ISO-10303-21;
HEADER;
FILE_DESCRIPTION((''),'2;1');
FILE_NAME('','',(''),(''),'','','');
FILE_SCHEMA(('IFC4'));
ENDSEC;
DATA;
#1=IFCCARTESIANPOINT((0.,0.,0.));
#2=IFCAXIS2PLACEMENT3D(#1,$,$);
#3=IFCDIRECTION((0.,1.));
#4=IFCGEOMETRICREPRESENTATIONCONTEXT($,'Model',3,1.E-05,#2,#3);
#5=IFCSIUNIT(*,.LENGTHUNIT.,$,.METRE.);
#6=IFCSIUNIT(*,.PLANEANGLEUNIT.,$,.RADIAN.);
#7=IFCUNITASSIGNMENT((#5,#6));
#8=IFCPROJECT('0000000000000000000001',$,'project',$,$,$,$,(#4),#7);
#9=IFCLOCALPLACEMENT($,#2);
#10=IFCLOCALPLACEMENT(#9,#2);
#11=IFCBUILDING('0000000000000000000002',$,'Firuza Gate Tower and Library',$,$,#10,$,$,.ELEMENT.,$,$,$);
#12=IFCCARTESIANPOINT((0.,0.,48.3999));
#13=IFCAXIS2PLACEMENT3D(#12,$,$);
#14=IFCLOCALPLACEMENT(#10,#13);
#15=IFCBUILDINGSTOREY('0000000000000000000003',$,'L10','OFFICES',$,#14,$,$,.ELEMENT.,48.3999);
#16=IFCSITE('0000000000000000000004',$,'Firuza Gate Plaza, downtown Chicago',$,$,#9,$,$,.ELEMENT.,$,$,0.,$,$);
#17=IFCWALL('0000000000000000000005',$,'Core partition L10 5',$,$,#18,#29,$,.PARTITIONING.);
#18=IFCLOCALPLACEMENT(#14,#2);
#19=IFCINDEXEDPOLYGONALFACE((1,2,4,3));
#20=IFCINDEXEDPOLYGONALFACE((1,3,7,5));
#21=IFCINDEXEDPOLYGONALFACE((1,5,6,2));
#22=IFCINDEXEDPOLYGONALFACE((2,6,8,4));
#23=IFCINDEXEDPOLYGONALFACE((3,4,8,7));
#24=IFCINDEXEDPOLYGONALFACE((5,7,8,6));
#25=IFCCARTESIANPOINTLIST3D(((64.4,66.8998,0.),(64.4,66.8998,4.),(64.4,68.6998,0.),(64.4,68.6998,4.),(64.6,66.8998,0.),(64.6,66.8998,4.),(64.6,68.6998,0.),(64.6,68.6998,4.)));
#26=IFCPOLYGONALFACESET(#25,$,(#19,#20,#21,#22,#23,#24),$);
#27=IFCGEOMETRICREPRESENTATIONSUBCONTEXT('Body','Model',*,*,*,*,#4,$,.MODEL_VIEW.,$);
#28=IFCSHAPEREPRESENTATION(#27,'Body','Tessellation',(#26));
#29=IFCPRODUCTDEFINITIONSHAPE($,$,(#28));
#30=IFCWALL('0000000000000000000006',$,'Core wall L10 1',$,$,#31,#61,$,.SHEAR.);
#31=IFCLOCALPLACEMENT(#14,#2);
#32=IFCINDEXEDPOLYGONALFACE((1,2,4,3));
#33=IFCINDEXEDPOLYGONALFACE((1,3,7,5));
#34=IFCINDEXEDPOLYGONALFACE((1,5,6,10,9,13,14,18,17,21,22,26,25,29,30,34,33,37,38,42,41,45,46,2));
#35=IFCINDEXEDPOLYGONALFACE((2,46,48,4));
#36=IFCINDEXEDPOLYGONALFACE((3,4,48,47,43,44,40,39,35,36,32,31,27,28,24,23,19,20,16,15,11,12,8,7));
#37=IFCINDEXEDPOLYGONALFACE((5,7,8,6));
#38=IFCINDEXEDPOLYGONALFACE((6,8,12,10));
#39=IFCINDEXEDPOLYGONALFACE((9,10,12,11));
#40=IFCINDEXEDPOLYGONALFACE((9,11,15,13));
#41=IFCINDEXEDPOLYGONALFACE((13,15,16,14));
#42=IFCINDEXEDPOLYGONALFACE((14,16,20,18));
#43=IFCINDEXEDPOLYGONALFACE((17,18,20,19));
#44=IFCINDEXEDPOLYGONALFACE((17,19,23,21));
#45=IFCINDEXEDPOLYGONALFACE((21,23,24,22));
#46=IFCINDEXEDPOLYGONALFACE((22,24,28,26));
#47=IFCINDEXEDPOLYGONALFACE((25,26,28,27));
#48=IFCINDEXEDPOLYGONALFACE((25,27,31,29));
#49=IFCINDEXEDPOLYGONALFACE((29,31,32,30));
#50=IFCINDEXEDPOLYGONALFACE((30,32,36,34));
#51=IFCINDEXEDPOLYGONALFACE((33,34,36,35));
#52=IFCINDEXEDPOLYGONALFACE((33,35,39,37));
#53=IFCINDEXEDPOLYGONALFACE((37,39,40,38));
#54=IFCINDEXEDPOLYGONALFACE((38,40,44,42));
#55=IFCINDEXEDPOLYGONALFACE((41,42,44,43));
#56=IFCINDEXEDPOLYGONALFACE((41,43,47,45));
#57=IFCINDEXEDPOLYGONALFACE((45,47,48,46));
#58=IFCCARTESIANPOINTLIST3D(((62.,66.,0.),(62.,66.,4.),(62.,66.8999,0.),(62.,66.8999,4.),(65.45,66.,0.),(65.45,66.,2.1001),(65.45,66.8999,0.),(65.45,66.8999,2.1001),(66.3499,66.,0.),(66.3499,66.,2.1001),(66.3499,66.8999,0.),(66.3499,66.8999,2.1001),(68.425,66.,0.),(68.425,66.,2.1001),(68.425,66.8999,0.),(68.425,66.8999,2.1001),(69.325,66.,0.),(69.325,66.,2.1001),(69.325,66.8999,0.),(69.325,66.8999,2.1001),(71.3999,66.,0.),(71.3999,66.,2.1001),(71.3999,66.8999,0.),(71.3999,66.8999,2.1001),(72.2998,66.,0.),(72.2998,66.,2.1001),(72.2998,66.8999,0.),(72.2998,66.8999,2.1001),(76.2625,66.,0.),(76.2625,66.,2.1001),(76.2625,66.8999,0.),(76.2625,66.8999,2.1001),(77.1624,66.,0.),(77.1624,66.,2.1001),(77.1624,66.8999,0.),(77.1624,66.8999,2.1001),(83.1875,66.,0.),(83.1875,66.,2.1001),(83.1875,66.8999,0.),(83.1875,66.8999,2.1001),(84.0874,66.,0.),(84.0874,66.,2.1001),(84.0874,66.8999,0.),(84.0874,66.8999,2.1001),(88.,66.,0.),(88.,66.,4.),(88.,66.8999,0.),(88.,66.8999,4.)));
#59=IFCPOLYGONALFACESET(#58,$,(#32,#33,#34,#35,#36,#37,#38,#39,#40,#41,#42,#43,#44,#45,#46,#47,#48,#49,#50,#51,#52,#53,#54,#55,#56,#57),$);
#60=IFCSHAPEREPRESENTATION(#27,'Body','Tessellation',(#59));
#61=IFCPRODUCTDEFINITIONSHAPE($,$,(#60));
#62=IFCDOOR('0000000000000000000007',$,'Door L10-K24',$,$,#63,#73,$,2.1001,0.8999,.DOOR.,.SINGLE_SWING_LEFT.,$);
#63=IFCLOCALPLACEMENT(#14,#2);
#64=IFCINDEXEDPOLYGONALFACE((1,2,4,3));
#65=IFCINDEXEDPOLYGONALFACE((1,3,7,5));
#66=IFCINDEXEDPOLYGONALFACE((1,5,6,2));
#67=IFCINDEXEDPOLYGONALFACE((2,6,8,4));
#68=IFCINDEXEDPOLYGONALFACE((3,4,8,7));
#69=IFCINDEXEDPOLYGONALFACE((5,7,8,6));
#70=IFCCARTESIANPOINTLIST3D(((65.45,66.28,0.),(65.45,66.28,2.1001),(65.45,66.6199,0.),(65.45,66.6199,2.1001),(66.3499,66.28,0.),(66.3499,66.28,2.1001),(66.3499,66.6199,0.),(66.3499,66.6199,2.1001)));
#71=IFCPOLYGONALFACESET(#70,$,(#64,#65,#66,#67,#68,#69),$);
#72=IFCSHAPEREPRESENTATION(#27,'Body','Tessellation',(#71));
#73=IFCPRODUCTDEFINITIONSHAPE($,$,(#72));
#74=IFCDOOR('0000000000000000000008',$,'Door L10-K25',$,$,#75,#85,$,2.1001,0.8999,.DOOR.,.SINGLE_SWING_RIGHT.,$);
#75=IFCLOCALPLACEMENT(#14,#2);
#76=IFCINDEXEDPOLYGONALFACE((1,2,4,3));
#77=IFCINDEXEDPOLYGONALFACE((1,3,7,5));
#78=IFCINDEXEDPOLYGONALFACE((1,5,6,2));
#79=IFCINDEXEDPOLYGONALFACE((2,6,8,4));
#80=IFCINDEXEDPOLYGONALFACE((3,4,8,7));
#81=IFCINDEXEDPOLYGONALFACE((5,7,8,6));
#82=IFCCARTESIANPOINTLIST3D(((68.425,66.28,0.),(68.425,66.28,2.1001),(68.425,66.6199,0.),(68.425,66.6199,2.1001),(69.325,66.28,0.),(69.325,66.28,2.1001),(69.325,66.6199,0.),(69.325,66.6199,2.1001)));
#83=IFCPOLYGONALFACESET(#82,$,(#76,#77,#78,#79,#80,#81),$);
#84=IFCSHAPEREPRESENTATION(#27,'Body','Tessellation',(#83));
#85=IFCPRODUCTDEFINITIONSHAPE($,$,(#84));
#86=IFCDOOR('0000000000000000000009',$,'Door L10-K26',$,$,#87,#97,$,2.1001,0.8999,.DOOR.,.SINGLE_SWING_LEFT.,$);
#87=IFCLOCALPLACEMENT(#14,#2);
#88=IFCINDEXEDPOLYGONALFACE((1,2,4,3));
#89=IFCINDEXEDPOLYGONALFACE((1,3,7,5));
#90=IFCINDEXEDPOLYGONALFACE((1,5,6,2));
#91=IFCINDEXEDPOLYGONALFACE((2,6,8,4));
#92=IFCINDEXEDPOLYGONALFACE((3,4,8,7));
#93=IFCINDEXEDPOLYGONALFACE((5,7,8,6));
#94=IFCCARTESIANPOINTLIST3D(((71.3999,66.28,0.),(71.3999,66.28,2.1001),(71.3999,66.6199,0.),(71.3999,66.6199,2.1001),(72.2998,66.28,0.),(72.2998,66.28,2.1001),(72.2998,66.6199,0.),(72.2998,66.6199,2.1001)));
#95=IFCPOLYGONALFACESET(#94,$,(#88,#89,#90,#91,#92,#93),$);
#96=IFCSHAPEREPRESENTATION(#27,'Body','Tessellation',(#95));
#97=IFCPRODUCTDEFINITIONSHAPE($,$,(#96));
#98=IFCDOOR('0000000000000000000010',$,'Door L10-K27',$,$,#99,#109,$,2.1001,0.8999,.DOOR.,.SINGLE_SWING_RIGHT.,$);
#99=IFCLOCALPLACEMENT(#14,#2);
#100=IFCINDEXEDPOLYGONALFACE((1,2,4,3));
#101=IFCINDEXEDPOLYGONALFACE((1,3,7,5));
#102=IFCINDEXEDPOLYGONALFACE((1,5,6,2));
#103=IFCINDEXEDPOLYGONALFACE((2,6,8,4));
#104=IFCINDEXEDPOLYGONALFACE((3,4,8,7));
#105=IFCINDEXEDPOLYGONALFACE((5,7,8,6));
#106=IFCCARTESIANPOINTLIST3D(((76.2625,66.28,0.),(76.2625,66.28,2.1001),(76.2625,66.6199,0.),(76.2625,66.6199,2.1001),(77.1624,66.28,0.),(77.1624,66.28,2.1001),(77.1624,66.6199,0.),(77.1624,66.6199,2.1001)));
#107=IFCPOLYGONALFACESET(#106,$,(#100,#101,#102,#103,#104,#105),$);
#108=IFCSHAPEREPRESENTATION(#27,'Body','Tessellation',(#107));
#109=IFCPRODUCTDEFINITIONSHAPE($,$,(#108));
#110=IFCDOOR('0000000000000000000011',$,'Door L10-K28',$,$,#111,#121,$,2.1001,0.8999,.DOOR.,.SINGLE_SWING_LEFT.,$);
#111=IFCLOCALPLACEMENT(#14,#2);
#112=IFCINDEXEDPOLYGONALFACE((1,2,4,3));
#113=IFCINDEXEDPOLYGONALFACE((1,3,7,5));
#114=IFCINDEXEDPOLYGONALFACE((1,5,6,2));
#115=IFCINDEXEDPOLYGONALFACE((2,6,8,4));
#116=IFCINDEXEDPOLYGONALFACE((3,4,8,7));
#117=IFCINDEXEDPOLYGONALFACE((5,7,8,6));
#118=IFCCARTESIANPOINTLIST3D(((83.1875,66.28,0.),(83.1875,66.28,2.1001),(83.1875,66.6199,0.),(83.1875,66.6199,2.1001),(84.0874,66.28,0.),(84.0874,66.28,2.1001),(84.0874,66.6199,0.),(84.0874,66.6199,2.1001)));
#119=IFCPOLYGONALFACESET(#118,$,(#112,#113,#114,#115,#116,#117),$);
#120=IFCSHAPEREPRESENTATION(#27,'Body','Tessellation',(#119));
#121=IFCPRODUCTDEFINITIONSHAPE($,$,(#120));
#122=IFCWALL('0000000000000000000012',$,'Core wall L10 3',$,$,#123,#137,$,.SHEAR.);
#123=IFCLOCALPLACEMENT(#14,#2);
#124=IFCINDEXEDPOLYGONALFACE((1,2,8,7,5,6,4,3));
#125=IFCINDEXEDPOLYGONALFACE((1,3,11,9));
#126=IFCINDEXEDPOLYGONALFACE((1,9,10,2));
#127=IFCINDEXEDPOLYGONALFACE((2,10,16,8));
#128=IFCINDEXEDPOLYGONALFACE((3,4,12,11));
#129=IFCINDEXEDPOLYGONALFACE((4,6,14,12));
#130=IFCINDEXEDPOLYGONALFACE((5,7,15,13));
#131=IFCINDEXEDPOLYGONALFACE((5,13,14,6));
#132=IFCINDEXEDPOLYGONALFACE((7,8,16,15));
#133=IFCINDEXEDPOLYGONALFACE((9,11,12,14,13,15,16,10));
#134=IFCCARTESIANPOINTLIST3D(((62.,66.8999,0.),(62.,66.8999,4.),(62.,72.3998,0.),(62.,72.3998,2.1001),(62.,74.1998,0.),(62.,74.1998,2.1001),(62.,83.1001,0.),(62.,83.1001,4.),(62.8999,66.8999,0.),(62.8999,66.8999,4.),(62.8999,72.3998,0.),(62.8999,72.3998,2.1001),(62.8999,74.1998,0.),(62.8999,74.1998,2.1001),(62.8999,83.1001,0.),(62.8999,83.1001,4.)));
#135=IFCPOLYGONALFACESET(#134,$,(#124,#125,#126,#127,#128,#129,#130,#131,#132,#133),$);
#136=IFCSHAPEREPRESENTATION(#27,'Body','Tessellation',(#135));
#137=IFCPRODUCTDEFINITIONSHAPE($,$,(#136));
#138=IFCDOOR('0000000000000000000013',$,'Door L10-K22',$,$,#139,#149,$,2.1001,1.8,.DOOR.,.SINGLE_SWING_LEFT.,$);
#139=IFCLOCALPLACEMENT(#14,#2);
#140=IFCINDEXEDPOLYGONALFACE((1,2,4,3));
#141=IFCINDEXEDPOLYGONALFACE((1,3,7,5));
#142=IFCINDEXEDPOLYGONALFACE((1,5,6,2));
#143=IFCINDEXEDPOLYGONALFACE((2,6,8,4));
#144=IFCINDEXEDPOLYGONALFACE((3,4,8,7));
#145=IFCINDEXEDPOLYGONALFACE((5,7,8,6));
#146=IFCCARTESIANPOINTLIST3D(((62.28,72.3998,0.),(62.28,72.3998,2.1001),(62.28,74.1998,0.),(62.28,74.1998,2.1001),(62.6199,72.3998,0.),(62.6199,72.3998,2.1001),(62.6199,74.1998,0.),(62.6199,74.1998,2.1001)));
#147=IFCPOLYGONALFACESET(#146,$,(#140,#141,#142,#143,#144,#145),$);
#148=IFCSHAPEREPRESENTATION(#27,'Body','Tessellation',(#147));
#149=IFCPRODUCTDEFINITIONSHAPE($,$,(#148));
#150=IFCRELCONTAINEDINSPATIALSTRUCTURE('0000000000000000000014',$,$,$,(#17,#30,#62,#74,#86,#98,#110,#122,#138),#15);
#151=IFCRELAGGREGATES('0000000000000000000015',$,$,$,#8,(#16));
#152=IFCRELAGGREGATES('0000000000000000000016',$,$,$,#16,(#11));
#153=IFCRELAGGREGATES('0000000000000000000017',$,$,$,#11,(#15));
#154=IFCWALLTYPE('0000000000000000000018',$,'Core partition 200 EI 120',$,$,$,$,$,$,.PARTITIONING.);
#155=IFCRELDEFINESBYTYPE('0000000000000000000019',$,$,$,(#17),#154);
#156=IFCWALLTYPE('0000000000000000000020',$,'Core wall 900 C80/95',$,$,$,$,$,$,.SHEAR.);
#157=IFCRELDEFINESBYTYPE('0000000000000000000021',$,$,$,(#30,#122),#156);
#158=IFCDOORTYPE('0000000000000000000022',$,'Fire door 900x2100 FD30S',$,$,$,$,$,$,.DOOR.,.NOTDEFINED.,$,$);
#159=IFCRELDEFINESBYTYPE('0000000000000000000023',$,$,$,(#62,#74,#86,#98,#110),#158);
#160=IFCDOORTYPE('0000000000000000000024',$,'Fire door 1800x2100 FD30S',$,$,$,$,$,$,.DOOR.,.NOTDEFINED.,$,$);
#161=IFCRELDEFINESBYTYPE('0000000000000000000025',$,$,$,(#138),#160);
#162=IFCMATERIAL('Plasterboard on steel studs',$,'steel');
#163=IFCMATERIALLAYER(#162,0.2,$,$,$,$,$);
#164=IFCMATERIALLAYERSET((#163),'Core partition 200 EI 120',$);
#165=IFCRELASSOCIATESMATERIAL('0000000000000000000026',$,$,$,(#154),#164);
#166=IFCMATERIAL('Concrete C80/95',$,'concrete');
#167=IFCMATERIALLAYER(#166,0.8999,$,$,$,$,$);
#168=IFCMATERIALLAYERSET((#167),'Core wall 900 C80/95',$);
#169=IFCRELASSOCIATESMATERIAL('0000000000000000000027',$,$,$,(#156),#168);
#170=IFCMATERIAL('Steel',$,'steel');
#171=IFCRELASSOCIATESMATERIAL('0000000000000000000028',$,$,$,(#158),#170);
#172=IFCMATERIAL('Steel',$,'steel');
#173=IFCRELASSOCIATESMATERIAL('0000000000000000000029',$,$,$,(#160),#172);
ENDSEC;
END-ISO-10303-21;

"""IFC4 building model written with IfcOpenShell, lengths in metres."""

from ifc_helpers import new_model, si_unit, direction, frame, frame_2d, origin, place, context, subcontext, project, spatial, rectangle, extrude, material, layer, layer_set, type_object, element, fill, save


model = new_model("IFC4")

# Units and contexts
model_context = context("Model", 3, precision=1e-05, world=origin(), true_north=direction((0.0, 1.0)))
body_context = subcontext(model_context, "Body", "Model", "MODEL_VIEW")
ifc_project = project(units=[si_unit("LENGTHUNIT", "METRE"), si_unit("PLANEANGLEUNIT", "RADIAN")], contexts=[model_context])

# Site, building, storey
site_placement = place(None, origin())
site = spatial("IfcSite", under=ifc_project, at=site_placement, Name="Firuza Gate Plaza, downtown Chicago", CompositionType="ELEMENT", RefElevation=0.0)
building_placement = place(site_placement, origin())
building = spatial("IfcBuilding", under=site, at=building_placement, Name="Firuza Gate Tower and Library", CompositionType="ELEMENT")
storey_placement = place(building_placement, frame((0.0, 0.0, 48.3999)))
storey = spatial("IfcBuildingStorey", under=building, at=storey_placement, Name="L10", Description="OFFICES", CompositionType="ELEMENT", Elevation=48.3999)

# Wall
ifc_material_1 = material(Name="Plasterboard on steel studs", Category="steel")
ifc_layer_1 = layer(ifc_material_1, 0.2)
ifc_layer_set_1 = layer_set([ifc_layer_1], Name="Core partition 200 EI 120")
wall_type_1 = type_object("IfcWallType", Name="Core partition 200 EI 120", PredefinedType="PARTITIONING", material=ifc_layer_set_1)
wall_1_placement = place(storey_placement, frame((64.5, 66.8999, 0.0), z_axis=(0.0, 0.0, 1.0), x_axis=(0.0, 1.0, 0.0)))
element("IfcWall", 1, at=wall_1_placement, inside=storey, type_object=wall_type_1, Name="Core partition L10 5", PredefinedType="PARTITIONING", context=body_context, shape_type="SweptSolid", body=[
    extrude(rectangle(XDim=1.8, YDim=0.2, at=frame_2d((0.8999, 0.0))), origin(), (0.0, 0.0, 1.0), 4.0),
])

# Wall, openings, doors
ifc_material_2 = material(Name="Concrete C80/95", Category="concrete")
ifc_layer_2 = layer(ifc_material_2, 0.8999)
ifc_layer_set_2 = layer_set([ifc_layer_2], Name="Core wall 900 C80/95")
wall_type_2 = type_object("IfcWallType", Name="Core wall 900 C80/95", PredefinedType="SHEAR", material=ifc_layer_set_2)
wall_2_placement = place(storey_placement, frame((62.0, 66.45, 0.0), z_axis=(0.0, 0.0, 1.0), x_axis=(1.0, 0.0, 0.0)))
wall_2 = element("IfcWall", 2, at=wall_2_placement, inside=storey, type_object=wall_type_2, Name="Core wall L10 1", PredefinedType="SHEAR", context=body_context, shape_type="SweptSolid", body=[
    extrude(rectangle(XDim=26.0, YDim=0.8999, at=frame_2d((13.0, 0.0))), origin(), (0.0, 0.0, 1.0), 4.0),
])
opening_1_placement = place(wall_2_placement, frame((3.45, 0.0, 0.0)))
opening_1 = element("IfcOpeningElement", 3, at=opening_1_placement, cuts=wall_2, PredefinedType="OPENING", context=body_context, shape_type="SweptSolid", body=[
    extrude(rectangle(XDim=0.8999, YDim=2.1001, at=frame_2d((0.45, 1.05))), frame((0.0, 0.46, 0.0), z_axis=(0.0, -1.0, 0.0), x_axis=(1.0, 0.0, 0.0)), (0.0, 0.0, 1.0), 0.9199),
])
opening_2_placement = place(wall_2_placement, frame((6.425, 0.0, 0.0)))
opening_2 = element("IfcOpeningElement", 4, at=opening_2_placement, cuts=wall_2, PredefinedType="OPENING", context=body_context, shape_type="SweptSolid", body=[
    extrude(rectangle(XDim=0.8999, YDim=2.1001, at=frame_2d((0.45, 1.05))), frame((0.0, 0.46, 0.0), z_axis=(0.0, -1.0, 0.0), x_axis=(1.0, 0.0, 0.0)), (0.0, 0.0, 1.0), 0.9199),
])
opening_3_placement = place(wall_2_placement, frame((9.3999, 0.0, 0.0)))
opening_3 = element("IfcOpeningElement", 5, at=opening_3_placement, cuts=wall_2, PredefinedType="OPENING", context=body_context, shape_type="SweptSolid", body=[
    extrude(rectangle(XDim=0.8999, YDim=2.1001, at=frame_2d((0.45, 1.05))), frame((0.0, 0.46, 0.0), z_axis=(0.0, -1.0, 0.0), x_axis=(1.0, 0.0, 0.0)), (0.0, 0.0, 1.0), 0.9199),
])
opening_4_placement = place(wall_2_placement, frame((14.2625, 0.0, 0.0)))
opening_4 = element("IfcOpeningElement", 6, at=opening_4_placement, cuts=wall_2, PredefinedType="OPENING", context=body_context, shape_type="SweptSolid", body=[
    extrude(rectangle(XDim=0.8999, YDim=2.1001, at=frame_2d((0.45, 1.05))), frame((0.0, 0.46, 0.0), z_axis=(0.0, -1.0, 0.0), x_axis=(1.0, 0.0, 0.0)), (0.0, 0.0, 1.0), 0.9199),
])
opening_5_placement = place(wall_2_placement, frame((21.1875, 0.0, 0.0)))
opening_5 = element("IfcOpeningElement", 7, at=opening_5_placement, cuts=wall_2, PredefinedType="OPENING", context=body_context, shape_type="SweptSolid", body=[
    extrude(rectangle(XDim=0.8999, YDim=2.1001, at=frame_2d((0.45, 1.05))), frame((0.0, 0.46, 0.0), z_axis=(0.0, -1.0, 0.0), x_axis=(1.0, 0.0, 0.0)), (0.0, 0.0, 1.0), 0.9199),
])
ifc_material_3 = material(Name="Steel", Category="steel")
door_type_1 = type_object("IfcDoorType", Name="Fire door 900x2100 FD30S", OperationType="NOTDEFINED", PredefinedType="DOOR", material=ifc_material_3)
door_1_placement = place(opening_1_placement, origin())
door_1 = element("IfcDoor", 8, at=door_1_placement, inside=storey, type_object=door_type_1, Name="Door L10-K24", OperationType="SINGLE_SWING_LEFT", OverallHeight=2.1001, OverallWidth=0.8999, PredefinedType="DOOR", context=body_context, shape_type="SweptSolid", body=[
    extrude(rectangle(XDim=0.8999, YDim=2.1001, at=frame_2d((0.45, 1.05))), frame((0.0, 0.1699, 0.0), z_axis=(0.0, -1.0, 0.0), x_axis=(1.0, 0.0, 0.0)), (0.0, 0.0, 1.0), 0.3398),
])
fill(opening_1, door_1)
door_2_placement = place(opening_2_placement, origin())
door_2 = element("IfcDoor", 9, at=door_2_placement, inside=storey, type_object=door_type_1, Name="Door L10-K25", OperationType="SINGLE_SWING_RIGHT", OverallHeight=2.1001, OverallWidth=0.8999, PredefinedType="DOOR", context=body_context, shape_type="SweptSolid", body=[
    extrude(rectangle(XDim=0.8999, YDim=2.1001, at=frame_2d((0.45, 1.05))), frame((0.0, 0.1699, 0.0), z_axis=(0.0, -1.0, 0.0), x_axis=(1.0, 0.0, 0.0)), (0.0, 0.0, 1.0), 0.3398),
])
fill(opening_2, door_2)
door_3_placement = place(opening_3_placement, origin())
door_3 = element("IfcDoor", 10, at=door_3_placement, inside=storey, type_object=door_type_1, Name="Door L10-K26", OperationType="SINGLE_SWING_LEFT", OverallHeight=2.1001, OverallWidth=0.8999, PredefinedType="DOOR", context=body_context, shape_type="SweptSolid", body=[
    extrude(rectangle(XDim=0.8999, YDim=2.1001, at=frame_2d((0.45, 1.05))), frame((0.0, 0.1699, 0.0), z_axis=(0.0, -1.0, 0.0), x_axis=(1.0, 0.0, 0.0)), (0.0, 0.0, 1.0), 0.3398),
])
fill(opening_3, door_3)
door_4_placement = place(opening_4_placement, origin())
door_4 = element("IfcDoor", 11, at=door_4_placement, inside=storey, type_object=door_type_1, Name="Door L10-K27", OperationType="SINGLE_SWING_RIGHT", OverallHeight=2.1001, OverallWidth=0.8999, PredefinedType="DOOR", context=body_context, shape_type="SweptSolid", body=[
    extrude(rectangle(XDim=0.8999, YDim=2.1001, at=frame_2d((0.45, 1.05))), frame((0.0, 0.1699, 0.0), z_axis=(0.0, -1.0, 0.0), x_axis=(1.0, 0.0, 0.0)), (0.0, 0.0, 1.0), 0.3398),
])
fill(opening_4, door_4)
door_5_placement = place(opening_5_placement, origin())
door_5 = element("IfcDoor", 12, at=door_5_placement, inside=storey, type_object=door_type_1, Name="Door L10-K28", OperationType="SINGLE_SWING_LEFT", OverallHeight=2.1001, OverallWidth=0.8999, PredefinedType="DOOR", context=body_context, shape_type="SweptSolid", body=[
    extrude(rectangle(XDim=0.8999, YDim=2.1001, at=frame_2d((0.45, 1.05))), frame((0.0, 0.1699, 0.0), z_axis=(0.0, -1.0, 0.0), x_axis=(1.0, 0.0, 0.0)), (0.0, 0.0, 1.0), 0.3398),
])
fill(opening_5, door_5)

# Wall, opening, door
wall_3_placement = place(storey_placement, frame((62.45, 66.8999, 0.0), z_axis=(0.0, 0.0, 1.0), x_axis=(0.0, 1.0, 0.0)))
wall_3 = element("IfcWall", 13, at=wall_3_placement, inside=storey, type_object=wall_type_2, Name="Core wall L10 3", PredefinedType="SHEAR", context=body_context, shape_type="SweptSolid", body=[
    extrude(rectangle(XDim=16.2002, YDim=0.8999, at=frame_2d((8.1001, 0.0))), origin(), (0.0, 0.0, 1.0), 4.0),
])
opening_6_placement = place(wall_3_placement, frame((5.5, 0.0, 0.0)))
opening_6 = element("IfcOpeningElement", 14, at=opening_6_placement, cuts=wall_3, PredefinedType="OPENING", context=body_context, shape_type="SweptSolid", body=[
    extrude(rectangle(XDim=1.8, YDim=2.1001, at=frame_2d((0.8999, 1.05))), frame((0.0, 0.46, 0.0), z_axis=(0.0, -1.0, 0.0), x_axis=(1.0, 0.0, 0.0)), (0.0, 0.0, 1.0), 0.9199),
])
ifc_material_4 = material(Name="Steel", Category="steel")
door_type_2 = type_object("IfcDoorType", Name="Fire door 1800x2100 FD30S", OperationType="NOTDEFINED", PredefinedType="DOOR", material=ifc_material_4)
door_6_placement = place(opening_6_placement, origin())
door_6 = element("IfcDoor", 15, at=door_6_placement, inside=storey, type_object=door_type_2, Name="Door L10-K22", OperationType="SINGLE_SWING_LEFT", OverallHeight=2.1001, OverallWidth=1.8, PredefinedType="DOOR", context=body_context, shape_type="SweptSolid", body=[
    extrude(rectangle(XDim=1.8, YDim=2.1001, at=frame_2d((0.8999, 1.05))), frame((0.0, 0.1699, 0.0), z_axis=(0.0, -1.0, 0.0), x_axis=(1.0, 0.0, 0.0)), (0.0, 0.0, 1.0), 0.3398),
])
fill(opening_6, door_6)

save(model, "model.ifc")
